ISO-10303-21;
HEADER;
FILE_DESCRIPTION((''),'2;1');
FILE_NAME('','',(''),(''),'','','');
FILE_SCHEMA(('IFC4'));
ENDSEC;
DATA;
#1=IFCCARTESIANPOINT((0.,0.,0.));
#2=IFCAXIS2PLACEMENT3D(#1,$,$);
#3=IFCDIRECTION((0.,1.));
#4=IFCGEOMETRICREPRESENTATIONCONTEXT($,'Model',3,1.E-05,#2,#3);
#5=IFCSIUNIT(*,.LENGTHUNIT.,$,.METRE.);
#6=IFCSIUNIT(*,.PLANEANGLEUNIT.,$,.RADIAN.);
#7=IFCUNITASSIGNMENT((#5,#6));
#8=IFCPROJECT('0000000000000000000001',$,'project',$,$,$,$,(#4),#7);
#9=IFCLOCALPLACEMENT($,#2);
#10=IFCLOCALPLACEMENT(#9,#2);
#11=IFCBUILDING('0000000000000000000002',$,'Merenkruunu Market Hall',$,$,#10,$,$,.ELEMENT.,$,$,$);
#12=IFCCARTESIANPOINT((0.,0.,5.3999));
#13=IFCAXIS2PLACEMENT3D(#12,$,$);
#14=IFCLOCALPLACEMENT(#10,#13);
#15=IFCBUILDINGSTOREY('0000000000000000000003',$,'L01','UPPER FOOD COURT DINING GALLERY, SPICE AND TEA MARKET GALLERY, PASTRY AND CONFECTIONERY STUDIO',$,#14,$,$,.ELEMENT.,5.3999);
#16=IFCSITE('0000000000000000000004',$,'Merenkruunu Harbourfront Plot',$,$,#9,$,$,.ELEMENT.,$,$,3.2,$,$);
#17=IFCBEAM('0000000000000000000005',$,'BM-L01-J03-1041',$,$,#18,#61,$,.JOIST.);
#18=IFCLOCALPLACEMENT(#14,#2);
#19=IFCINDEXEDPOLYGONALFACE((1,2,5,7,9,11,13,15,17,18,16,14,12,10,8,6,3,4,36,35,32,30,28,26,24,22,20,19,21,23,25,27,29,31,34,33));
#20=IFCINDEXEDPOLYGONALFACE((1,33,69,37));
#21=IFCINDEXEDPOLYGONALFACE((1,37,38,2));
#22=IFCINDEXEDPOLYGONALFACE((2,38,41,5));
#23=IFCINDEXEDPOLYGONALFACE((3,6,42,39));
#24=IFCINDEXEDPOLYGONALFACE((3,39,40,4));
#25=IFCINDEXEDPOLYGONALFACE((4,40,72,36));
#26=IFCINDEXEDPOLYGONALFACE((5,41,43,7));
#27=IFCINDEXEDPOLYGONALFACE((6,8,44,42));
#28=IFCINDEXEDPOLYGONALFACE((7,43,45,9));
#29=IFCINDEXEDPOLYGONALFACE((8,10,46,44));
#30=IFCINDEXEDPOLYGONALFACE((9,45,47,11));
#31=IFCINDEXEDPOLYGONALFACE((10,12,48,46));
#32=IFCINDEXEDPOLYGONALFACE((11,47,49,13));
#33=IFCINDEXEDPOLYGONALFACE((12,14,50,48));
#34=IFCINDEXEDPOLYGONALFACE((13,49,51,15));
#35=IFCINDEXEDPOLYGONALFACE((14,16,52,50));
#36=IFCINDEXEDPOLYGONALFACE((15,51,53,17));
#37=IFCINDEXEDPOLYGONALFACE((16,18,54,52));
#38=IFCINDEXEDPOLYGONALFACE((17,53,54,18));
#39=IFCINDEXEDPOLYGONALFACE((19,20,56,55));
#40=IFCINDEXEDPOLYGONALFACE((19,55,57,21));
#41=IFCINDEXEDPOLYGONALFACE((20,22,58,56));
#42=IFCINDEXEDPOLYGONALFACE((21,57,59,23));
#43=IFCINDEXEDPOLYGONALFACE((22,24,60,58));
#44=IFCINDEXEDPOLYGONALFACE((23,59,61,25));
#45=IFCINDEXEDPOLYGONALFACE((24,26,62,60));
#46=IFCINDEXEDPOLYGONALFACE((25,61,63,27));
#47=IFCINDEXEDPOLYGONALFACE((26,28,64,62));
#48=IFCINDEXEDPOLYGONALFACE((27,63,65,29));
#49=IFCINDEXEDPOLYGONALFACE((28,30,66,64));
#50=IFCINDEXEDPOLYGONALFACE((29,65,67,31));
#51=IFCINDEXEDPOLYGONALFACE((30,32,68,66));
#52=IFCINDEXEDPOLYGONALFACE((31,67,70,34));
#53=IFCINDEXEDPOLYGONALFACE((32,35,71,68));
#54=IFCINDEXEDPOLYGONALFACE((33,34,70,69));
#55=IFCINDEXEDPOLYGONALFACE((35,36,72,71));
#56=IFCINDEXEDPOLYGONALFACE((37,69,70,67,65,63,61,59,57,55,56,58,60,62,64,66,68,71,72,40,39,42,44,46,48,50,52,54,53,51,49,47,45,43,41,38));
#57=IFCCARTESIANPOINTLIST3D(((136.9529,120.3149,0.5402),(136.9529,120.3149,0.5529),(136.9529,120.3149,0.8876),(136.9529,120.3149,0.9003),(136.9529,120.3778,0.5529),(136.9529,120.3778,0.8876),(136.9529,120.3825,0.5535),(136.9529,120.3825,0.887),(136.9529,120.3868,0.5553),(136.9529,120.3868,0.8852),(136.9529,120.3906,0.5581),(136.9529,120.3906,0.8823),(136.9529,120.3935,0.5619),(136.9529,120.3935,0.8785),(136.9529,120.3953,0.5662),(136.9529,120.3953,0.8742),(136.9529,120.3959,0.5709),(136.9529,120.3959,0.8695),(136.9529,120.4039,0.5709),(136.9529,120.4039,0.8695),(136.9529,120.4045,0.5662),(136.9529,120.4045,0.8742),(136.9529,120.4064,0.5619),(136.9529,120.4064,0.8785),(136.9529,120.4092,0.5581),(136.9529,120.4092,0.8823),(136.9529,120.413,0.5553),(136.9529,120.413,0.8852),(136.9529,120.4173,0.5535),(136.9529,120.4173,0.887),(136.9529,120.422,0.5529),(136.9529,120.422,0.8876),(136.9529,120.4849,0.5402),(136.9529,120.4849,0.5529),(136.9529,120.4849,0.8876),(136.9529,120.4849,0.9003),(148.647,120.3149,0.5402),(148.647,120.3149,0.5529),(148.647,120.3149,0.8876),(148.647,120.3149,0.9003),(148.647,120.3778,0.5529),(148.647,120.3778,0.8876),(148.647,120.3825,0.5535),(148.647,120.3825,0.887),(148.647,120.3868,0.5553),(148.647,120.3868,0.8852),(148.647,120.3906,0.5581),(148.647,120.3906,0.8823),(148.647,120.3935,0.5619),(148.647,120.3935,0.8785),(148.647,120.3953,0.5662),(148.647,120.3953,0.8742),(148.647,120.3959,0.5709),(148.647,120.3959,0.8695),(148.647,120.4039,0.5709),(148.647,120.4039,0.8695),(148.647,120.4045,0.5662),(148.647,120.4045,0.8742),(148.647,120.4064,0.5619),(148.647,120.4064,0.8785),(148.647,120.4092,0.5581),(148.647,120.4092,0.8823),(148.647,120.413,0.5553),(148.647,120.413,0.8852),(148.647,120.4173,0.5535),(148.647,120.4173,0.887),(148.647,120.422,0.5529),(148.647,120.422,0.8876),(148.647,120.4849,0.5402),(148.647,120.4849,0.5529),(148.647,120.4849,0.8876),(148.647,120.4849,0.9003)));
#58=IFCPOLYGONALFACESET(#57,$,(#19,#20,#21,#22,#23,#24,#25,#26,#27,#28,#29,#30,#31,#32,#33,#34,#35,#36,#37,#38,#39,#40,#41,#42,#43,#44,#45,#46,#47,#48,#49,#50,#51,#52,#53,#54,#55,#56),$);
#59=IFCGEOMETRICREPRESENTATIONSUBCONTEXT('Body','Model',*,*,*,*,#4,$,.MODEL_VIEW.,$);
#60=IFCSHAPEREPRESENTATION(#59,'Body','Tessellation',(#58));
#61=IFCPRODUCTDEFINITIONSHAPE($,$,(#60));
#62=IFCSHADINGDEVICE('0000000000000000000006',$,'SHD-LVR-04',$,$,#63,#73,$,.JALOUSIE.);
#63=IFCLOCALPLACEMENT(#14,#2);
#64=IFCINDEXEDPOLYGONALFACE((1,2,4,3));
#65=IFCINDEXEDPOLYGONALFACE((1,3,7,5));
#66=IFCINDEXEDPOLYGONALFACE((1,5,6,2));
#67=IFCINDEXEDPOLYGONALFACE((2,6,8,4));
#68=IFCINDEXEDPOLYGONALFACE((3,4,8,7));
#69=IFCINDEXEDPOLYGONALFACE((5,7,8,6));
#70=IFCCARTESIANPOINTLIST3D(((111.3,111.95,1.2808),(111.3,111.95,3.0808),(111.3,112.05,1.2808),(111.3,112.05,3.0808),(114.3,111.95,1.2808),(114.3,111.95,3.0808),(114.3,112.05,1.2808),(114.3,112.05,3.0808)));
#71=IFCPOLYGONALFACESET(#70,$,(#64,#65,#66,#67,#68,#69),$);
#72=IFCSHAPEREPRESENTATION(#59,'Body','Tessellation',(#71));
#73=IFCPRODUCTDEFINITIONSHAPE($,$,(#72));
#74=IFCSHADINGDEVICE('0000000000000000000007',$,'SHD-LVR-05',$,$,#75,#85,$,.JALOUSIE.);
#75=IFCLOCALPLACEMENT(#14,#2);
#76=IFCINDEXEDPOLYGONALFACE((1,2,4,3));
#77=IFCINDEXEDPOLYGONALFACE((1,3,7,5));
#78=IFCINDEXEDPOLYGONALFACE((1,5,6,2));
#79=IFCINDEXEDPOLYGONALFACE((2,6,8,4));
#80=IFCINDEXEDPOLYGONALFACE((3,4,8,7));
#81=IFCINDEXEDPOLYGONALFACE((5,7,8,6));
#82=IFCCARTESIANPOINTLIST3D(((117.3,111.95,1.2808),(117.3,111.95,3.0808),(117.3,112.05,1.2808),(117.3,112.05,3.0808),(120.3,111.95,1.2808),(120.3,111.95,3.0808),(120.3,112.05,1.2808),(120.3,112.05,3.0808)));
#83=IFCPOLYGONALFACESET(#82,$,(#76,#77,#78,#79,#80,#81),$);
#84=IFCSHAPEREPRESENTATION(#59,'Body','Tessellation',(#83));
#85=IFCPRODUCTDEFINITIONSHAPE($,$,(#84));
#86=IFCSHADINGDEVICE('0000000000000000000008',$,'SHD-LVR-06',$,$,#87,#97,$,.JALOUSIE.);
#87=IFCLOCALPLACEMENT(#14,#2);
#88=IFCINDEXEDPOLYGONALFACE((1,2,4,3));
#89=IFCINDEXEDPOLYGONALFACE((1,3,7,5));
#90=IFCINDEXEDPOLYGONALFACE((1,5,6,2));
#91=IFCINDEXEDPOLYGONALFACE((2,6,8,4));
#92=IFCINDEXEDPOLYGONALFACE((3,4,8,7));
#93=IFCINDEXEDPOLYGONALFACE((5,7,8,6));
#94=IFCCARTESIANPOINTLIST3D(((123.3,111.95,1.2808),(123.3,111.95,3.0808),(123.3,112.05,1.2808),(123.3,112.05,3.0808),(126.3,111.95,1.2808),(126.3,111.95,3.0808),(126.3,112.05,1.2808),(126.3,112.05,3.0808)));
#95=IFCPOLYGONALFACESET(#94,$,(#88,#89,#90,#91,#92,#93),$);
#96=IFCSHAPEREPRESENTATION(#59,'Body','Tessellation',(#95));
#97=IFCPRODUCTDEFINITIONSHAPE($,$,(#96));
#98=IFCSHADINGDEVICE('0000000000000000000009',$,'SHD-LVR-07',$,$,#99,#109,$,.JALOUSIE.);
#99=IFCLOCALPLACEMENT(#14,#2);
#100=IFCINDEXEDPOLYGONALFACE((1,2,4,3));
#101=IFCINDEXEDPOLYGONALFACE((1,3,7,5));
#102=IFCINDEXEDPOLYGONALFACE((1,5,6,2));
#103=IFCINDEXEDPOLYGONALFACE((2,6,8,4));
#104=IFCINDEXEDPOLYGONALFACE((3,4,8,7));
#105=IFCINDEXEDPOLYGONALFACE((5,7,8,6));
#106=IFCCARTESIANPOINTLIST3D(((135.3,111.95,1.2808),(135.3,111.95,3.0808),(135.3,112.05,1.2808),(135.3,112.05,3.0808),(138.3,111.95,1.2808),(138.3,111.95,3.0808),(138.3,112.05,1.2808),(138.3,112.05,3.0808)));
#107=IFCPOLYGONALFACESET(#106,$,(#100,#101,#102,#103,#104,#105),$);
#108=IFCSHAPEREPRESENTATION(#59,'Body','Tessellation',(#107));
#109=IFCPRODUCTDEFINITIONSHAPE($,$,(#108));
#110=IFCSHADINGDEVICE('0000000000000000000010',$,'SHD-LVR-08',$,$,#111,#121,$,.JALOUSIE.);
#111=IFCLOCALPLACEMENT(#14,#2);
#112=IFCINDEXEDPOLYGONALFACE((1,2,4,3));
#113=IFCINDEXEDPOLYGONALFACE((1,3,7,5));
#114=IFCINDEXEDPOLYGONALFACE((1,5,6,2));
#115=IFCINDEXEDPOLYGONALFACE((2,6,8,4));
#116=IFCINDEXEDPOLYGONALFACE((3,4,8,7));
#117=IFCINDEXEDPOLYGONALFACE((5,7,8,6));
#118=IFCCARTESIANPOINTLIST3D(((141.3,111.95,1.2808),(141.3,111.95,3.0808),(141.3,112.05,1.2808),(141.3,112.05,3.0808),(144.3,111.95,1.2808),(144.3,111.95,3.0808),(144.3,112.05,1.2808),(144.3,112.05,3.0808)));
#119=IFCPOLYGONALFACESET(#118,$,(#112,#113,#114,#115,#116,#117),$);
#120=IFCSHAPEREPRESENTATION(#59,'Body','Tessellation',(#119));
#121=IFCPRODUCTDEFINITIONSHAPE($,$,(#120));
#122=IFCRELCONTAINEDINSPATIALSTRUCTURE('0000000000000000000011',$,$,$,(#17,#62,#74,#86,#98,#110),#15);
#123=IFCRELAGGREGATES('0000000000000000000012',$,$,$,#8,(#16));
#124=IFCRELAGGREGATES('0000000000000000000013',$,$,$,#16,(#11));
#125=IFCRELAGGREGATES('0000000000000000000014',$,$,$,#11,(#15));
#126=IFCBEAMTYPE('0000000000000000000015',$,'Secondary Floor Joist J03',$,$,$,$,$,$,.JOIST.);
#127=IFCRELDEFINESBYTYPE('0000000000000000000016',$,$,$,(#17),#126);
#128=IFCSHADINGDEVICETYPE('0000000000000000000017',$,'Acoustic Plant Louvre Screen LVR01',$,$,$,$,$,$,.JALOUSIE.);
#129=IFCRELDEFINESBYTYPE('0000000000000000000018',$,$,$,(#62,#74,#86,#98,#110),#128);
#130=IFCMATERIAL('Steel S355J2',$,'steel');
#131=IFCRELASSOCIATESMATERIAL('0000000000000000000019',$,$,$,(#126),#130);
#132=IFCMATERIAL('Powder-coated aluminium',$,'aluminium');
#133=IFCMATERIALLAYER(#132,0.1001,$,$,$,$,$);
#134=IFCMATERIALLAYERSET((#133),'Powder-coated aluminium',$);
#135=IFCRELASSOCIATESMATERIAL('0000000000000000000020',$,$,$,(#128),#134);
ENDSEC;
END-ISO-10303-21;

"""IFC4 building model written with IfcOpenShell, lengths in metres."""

from ifc_helpers import new_model, si_unit, direction, frame, origin, origin_2d, place, context, subcontext, project, spatial, rectangle, i_section, extrude, material, layer, layer_set, material_profile, profile_set, type_object, element, save


model = new_model("IFC4")

# Units and contexts
model_context = context("Model", 3, precision=1e-05, world=origin(), true_north=direction((0.0, 1.0)))
body_context = subcontext(model_context, "Body", "Model", "MODEL_VIEW")
ifc_project = project(units=[si_unit("LENGTHUNIT", "METRE"), si_unit("PLANEANGLEUNIT", "RADIAN")], contexts=[model_context])

# Site, building, storey
site_placement = place(None, origin())
site = spatial("IfcSite", under=ifc_project, at=site_placement, Name="Merenkruunu Harbourfront Plot", CompositionType="ELEMENT", RefElevation=3.2)
building_placement = place(site_placement, origin())
building = spatial("IfcBuilding", under=site, at=building_placement, Name="Merenkruunu Market Hall", CompositionType="ELEMENT")
storey_placement = place(building_placement, frame((0.0, 0.0, 5.3999)))
storey = spatial("IfcBuildingStorey", under=building, at=storey_placement, Name="L01", Description="UPPER FOOD COURT DINING GALLERY, SPICE AND TEA MARKET GALLERY, PASTRY AND CONFECTIONERY STUDIO", CompositionType="ELEMENT", Elevation=5.3999)

# Beam
ifc_material_1 = material(Name="Steel S355J2", Category="steel")
ifc_material_profile_1 = material_profile(ifc_material_1, i_section(OverallWidth=0.1699, OverallDepth=0.3601, WebThickness=0.0081, FlangeThickness=0.0127, FilletRadius=0.0181, at=origin_2d()), Name="IPE 360")
ifc_profile_set_1 = profile_set([ifc_material_profile_1], Name="Steel S355J2")
beam_type_1 = type_object("IfcBeamType", Name="Secondary Floor Joist J03", PredefinedType="JOIST", material=ifc_profile_set_1)
for number, where, z_axis, x_axis, name in (
    (1, (136.9529, 120.3999, 0.7202), (1.0, 0.0, 0.0), (0.0, 1.0, 0.0), "BM-L01-J03-1041"),
):
    element("IfcBeam", number, at=place(storey_placement, frame(where, z_axis=z_axis, x_axis=x_axis)), inside=storey, type_object=beam_type_1, Name=name, PredefinedType="JOIST", context=body_context, shape_type="SweptSolid", body=[
        extrude(i_section(OverallWidth=0.1699, OverallDepth=0.3601, WebThickness=0.0081, FlangeThickness=0.0127, FilletRadius=0.0181, at=origin_2d()), origin(), (0.0, 0.0, 1.0), 11.6941),
    ])

# Shading devices
ifc_material_2 = material(Name="Powder-coated aluminium", Category="aluminium")
ifc_layer = layer(ifc_material_2, 0.1001)
ifc_layer_set = layer_set([ifc_layer], Name="Powder-coated aluminium")
shading_device_type = type_object("IfcShadingDeviceType", Name="Acoustic Plant Louvre Screen LVR01", PredefinedType="JALOUSIE", material=ifc_layer_set)
for number, where, z_axis, x_axis, name in (
    (2, (112.8, 112.0, 1.2808), (0.0, 0.0, 1.0), (1.0, 0.0, 0.0), "SHD-LVR-04"),
    (3, (118.8, 112.0, 1.2808), (0.0, 0.0, 1.0), (1.0, 0.0, 0.0), "SHD-LVR-05"),
    (4, (124.8, 112.0, 1.2808), (0.0, 0.0, 1.0), (1.0, 0.0, 0.0), "SHD-LVR-06"),
    (5, (136.8, 112.0, 1.2808), (0.0, 0.0, 1.0), (1.0, 0.0, 0.0), "SHD-LVR-07"),
    (6, (142.8, 112.0, 1.2808), (0.0, 0.0, 1.0), (1.0, 0.0, 0.0), "SHD-LVR-08"),
):
    element("IfcShadingDevice", number, at=place(storey_placement, frame(where, z_axis=z_axis, x_axis=x_axis)), inside=storey, type_object=shading_device_type, Name=name, PredefinedType="JALOUSIE", context=body_context, shape_type="SweptSolid", body=[
        extrude(rectangle(XDim=3.0, YDim=0.1001, at=origin_2d()), origin(), (0.0, 0.0, 1.0), 1.8),
    ])

save(model, "model.ifc")
